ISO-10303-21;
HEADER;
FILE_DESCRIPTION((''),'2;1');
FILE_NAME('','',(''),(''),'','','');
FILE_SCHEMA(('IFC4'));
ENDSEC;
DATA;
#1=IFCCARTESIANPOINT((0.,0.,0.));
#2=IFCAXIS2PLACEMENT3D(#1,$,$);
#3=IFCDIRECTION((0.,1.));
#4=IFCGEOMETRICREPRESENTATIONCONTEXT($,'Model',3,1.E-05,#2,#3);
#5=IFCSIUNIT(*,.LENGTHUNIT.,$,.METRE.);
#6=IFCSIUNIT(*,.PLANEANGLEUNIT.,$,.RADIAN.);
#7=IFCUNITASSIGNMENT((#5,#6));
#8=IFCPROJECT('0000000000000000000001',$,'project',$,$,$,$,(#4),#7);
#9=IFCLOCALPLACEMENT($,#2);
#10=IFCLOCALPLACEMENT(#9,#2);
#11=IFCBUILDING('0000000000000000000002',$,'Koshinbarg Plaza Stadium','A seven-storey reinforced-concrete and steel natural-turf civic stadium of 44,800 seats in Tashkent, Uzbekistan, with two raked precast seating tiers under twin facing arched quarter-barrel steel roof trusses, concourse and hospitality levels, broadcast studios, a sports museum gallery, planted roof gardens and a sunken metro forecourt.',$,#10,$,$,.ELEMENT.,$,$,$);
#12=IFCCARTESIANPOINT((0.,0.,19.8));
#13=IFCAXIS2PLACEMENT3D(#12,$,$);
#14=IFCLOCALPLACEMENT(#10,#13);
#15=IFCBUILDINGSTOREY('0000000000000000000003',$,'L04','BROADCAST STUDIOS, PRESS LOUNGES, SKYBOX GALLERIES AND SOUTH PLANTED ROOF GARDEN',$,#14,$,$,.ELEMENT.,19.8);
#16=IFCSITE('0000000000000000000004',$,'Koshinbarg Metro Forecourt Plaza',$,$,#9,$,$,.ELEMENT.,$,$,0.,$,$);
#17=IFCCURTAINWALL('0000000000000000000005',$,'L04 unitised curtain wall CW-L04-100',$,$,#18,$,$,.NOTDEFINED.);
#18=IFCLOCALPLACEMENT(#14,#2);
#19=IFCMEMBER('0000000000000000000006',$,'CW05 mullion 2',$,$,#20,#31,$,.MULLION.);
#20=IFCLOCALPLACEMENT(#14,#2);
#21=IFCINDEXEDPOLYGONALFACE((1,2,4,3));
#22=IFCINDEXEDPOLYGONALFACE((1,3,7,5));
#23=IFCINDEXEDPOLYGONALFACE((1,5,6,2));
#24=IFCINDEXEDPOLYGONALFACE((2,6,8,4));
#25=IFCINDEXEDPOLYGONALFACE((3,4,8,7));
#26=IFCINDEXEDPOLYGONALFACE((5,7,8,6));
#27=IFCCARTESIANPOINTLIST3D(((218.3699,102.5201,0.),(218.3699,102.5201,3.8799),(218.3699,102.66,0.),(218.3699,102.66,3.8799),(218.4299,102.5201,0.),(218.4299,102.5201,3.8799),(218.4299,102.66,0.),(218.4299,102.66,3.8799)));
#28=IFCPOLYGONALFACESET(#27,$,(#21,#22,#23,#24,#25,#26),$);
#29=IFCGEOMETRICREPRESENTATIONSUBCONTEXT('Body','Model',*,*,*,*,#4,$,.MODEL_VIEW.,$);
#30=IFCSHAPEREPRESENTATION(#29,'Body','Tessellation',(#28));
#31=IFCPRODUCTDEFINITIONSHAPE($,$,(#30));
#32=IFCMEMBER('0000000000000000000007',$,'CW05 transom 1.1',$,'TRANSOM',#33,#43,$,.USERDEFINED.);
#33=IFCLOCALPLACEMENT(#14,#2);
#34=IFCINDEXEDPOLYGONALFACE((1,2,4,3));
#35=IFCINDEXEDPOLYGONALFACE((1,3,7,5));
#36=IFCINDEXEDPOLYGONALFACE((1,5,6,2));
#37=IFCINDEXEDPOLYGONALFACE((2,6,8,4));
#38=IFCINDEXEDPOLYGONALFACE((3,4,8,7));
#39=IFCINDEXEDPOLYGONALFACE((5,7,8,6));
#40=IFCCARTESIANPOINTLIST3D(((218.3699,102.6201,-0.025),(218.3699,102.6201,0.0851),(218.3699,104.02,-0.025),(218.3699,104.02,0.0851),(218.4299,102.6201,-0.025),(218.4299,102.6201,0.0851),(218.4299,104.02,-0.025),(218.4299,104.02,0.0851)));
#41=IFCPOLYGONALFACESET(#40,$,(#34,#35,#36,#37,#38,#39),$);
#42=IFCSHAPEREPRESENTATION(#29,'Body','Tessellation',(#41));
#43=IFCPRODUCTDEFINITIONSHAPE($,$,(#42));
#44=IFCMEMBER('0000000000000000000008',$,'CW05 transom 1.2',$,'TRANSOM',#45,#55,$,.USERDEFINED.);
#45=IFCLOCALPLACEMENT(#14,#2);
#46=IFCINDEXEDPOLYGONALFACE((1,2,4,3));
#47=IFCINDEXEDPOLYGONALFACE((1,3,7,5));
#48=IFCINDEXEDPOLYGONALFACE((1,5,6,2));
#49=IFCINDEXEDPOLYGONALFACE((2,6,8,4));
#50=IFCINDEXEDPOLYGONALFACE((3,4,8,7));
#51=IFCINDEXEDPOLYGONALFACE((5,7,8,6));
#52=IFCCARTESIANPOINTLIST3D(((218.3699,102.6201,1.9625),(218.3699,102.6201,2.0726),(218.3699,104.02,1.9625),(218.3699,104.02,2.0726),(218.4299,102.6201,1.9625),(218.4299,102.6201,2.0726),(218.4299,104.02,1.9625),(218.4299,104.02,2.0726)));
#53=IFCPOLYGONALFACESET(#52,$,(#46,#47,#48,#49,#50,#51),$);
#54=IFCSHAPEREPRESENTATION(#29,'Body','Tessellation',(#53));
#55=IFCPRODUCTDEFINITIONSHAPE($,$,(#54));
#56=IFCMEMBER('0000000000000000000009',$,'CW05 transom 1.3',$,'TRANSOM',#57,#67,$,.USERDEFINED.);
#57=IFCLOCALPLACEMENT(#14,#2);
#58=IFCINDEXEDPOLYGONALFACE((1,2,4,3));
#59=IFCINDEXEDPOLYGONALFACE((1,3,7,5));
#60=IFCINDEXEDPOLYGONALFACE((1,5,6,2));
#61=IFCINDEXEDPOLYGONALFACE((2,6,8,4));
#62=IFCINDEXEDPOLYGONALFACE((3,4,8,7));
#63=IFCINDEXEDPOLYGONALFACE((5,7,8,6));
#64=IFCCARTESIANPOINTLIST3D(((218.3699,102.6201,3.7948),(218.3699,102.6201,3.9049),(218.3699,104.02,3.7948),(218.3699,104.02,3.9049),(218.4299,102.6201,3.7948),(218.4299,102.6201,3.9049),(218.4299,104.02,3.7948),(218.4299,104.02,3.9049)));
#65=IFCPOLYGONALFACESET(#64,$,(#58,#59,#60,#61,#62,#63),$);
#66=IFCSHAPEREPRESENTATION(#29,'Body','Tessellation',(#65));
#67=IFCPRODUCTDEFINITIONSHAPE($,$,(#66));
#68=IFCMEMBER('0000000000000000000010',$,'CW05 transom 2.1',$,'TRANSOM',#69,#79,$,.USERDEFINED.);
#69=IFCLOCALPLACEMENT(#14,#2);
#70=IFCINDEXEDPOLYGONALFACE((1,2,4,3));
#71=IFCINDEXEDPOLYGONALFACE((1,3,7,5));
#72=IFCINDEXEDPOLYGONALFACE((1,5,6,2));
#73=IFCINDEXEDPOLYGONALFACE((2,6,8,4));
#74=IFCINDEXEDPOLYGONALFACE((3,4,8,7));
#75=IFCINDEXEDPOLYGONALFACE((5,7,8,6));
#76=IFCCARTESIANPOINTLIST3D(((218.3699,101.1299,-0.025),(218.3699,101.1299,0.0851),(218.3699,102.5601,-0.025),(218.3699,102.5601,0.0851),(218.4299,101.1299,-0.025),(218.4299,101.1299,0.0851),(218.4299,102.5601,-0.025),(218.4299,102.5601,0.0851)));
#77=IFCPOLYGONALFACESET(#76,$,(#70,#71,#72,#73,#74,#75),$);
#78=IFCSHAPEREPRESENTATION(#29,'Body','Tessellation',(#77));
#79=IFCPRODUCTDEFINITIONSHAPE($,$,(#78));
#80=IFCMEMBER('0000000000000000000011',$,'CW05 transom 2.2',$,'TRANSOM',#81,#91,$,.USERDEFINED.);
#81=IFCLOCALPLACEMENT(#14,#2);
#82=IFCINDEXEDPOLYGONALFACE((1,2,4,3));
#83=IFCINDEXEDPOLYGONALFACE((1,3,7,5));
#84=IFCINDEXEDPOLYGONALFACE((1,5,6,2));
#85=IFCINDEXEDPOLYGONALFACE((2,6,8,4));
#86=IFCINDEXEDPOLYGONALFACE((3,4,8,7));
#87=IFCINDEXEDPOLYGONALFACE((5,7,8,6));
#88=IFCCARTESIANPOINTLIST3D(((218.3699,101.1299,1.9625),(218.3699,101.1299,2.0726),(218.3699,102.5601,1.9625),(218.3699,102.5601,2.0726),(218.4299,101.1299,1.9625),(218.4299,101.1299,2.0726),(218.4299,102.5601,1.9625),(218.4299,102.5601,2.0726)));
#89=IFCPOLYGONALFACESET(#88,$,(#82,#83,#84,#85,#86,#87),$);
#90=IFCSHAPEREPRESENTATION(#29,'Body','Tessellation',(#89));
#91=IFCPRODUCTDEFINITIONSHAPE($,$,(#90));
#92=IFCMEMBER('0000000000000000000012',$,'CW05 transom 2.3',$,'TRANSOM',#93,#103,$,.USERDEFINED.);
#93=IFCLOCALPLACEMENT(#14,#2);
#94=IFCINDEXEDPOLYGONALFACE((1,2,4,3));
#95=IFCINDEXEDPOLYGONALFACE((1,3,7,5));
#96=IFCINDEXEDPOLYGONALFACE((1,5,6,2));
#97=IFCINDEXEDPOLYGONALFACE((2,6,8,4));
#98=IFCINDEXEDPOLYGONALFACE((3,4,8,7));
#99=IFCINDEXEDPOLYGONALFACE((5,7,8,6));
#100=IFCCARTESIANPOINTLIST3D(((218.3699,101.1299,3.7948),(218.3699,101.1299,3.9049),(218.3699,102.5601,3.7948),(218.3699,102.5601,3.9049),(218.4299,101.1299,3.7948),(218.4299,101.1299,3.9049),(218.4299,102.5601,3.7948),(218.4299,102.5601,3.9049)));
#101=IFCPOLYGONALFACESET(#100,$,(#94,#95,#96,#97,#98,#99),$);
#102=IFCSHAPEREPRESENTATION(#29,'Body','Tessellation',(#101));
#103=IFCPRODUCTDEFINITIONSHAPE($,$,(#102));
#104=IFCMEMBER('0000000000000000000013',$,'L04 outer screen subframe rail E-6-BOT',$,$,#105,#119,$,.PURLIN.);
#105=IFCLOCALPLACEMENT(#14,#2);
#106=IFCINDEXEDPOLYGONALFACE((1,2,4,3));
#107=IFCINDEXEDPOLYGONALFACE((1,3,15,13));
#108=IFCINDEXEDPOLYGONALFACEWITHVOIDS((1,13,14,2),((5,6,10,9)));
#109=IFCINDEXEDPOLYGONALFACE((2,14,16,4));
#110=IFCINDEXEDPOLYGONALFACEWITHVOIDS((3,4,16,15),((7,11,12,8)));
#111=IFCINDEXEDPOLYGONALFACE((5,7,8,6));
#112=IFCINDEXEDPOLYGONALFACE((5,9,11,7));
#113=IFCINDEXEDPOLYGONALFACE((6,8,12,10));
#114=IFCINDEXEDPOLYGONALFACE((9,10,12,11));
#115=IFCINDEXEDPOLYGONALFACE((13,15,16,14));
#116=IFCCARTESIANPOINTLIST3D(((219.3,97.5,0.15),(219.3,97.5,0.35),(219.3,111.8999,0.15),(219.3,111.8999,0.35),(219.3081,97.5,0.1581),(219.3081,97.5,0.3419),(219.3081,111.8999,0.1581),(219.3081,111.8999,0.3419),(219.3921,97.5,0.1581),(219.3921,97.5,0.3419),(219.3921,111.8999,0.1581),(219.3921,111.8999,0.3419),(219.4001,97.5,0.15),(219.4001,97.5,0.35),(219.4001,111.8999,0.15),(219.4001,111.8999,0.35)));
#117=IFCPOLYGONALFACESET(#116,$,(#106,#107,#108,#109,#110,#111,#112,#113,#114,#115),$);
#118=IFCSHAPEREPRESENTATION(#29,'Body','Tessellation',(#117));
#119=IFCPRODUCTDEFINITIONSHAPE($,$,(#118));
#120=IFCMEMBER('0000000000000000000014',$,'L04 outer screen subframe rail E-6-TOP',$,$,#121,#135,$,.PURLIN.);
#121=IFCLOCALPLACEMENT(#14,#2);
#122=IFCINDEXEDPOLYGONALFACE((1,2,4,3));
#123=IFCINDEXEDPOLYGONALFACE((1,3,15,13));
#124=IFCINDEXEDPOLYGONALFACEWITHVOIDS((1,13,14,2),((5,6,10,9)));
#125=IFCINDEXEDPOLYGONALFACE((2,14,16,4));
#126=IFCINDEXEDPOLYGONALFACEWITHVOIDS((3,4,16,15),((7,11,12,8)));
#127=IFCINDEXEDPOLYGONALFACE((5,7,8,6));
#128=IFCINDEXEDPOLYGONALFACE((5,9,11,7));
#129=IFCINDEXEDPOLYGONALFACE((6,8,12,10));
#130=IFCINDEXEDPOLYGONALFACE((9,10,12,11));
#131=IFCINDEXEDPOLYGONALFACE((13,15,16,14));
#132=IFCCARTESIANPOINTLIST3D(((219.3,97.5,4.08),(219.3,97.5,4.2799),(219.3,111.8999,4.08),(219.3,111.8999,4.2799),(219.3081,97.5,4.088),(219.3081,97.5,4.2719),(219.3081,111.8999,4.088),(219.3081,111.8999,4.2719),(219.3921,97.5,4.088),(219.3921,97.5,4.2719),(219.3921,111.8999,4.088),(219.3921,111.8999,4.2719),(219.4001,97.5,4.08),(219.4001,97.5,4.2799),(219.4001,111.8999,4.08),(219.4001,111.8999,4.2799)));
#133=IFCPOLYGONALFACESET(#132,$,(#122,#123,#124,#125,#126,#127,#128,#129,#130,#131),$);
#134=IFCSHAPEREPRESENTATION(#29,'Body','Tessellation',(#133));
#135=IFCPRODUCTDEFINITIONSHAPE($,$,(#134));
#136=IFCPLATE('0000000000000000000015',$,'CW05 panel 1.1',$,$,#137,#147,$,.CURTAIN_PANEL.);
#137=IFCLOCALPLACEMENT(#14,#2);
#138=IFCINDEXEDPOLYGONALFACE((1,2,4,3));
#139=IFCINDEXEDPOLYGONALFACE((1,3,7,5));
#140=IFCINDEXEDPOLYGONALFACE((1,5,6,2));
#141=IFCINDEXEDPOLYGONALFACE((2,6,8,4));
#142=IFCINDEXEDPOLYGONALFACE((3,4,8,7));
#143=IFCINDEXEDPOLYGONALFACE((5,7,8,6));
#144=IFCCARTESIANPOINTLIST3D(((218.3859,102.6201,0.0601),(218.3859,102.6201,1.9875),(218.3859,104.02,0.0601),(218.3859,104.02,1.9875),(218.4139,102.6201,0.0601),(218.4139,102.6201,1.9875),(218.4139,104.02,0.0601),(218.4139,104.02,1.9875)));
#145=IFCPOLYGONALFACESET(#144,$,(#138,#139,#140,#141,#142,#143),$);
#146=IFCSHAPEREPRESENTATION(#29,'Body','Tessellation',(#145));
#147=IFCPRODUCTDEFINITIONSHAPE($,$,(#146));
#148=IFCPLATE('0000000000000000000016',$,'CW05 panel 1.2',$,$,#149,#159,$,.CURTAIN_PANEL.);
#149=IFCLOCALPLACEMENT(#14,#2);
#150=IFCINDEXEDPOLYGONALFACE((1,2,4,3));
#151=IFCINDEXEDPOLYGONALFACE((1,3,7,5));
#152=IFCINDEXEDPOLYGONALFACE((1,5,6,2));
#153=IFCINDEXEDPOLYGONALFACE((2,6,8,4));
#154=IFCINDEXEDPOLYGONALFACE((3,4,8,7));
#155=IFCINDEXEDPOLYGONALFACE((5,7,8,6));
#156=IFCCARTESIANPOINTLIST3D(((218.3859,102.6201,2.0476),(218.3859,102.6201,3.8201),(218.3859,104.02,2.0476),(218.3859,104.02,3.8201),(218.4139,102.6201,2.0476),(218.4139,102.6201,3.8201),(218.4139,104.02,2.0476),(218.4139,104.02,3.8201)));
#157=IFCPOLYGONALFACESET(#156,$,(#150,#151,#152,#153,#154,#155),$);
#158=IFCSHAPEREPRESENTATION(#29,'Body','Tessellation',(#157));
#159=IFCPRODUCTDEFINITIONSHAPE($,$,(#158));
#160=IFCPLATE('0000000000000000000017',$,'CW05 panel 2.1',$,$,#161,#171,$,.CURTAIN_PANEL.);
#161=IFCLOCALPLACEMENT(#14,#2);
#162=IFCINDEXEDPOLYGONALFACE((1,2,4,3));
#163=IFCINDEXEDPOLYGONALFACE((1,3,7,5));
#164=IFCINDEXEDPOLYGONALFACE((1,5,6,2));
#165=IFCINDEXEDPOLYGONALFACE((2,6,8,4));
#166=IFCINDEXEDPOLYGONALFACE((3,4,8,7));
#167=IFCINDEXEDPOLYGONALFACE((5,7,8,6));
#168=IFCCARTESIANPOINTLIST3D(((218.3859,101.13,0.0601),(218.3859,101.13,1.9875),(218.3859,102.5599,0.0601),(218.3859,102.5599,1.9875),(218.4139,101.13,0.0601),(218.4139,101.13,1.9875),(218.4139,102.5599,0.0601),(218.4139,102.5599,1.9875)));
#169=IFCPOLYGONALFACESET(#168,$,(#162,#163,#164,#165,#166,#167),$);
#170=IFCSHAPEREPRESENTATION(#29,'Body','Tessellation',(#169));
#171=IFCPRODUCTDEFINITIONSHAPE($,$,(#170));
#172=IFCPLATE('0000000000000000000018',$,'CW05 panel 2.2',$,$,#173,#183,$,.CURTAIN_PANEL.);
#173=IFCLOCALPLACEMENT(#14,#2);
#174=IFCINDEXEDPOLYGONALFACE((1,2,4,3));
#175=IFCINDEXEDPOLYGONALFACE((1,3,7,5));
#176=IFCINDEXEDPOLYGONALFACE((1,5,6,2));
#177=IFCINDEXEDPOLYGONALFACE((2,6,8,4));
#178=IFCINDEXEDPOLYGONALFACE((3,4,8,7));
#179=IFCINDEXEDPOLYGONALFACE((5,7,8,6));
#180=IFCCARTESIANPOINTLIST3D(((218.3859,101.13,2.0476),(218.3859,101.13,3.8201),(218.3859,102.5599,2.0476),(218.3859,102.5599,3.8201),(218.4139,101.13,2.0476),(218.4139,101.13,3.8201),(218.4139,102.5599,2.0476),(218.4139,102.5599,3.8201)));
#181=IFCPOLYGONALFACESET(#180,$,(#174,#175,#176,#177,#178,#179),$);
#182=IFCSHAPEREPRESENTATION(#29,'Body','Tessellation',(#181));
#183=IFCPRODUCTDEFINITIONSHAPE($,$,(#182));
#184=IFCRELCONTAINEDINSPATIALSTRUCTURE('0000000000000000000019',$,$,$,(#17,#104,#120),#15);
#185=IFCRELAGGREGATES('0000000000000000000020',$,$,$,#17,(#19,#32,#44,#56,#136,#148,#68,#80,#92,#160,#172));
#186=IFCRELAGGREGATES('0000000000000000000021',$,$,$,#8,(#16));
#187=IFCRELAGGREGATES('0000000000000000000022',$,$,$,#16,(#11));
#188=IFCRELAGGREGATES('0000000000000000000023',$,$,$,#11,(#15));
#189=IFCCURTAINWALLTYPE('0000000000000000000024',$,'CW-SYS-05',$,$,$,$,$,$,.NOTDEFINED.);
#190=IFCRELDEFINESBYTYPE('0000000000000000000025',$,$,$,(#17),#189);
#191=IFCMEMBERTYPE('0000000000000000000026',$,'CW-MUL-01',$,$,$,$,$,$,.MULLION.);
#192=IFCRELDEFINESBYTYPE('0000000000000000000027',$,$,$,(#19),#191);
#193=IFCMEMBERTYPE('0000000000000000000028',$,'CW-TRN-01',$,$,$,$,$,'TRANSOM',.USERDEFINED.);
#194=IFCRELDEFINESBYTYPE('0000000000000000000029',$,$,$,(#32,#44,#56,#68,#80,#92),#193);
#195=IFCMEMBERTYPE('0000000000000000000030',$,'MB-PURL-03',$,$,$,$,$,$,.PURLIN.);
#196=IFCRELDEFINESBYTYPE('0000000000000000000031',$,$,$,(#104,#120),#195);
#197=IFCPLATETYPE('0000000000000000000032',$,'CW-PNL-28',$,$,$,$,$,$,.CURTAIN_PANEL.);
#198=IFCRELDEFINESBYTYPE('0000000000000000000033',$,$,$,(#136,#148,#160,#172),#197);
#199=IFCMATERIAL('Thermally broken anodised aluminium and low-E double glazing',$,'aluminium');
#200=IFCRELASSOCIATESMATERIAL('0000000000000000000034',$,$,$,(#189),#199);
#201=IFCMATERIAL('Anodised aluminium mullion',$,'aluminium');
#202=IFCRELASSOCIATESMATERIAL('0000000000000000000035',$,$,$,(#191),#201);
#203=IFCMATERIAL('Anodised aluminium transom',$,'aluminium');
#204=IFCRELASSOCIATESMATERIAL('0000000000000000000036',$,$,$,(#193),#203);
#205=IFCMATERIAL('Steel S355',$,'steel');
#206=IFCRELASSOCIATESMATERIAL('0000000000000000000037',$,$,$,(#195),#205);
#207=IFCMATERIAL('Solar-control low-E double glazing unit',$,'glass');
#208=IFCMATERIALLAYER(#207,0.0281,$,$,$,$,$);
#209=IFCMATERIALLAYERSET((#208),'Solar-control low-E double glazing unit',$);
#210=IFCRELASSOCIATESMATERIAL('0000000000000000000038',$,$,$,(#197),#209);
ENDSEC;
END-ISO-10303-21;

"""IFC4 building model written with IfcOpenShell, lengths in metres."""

from ifc_helpers import new_model, si_unit, direction, frame, origin, origin_2d, place, context, subcontext, project, spatial, rectangle, hollow_rectangle, extrude, material, layer, layer_set, material_profile, profile_set, type_object, element, aggregate, save


model = new_model("IFC4")

# Units and contexts
model_context = context("Model", 3, precision=1e-05, world=origin(), true_north=direction((0.0, 1.0)))
body_context = subcontext(model_context, "Body", "Model", "MODEL_VIEW")
ifc_project = project(units=[si_unit("LENGTHUNIT", "METRE"), si_unit("PLANEANGLEUNIT", "RADIAN")], contexts=[model_context])

# Site, building, storey
site_placement = place(None, origin())
site = spatial("IfcSite", under=ifc_project, at=site_placement, Name="Koshinbarg Metro Forecourt Plaza", CompositionType="ELEMENT", RefElevation=0.0)
building_placement = place(site_placement, origin())
building = spatial("IfcBuilding", under=site, at=building_placement, Name="Koshinbarg Plaza Stadium", Description="A seven-storey reinforced-concrete and steel natural-turf civic stadium of 44,800 seats in Tashkent, Uzbekistan, with two raked precast seating tiers under twin facing arched quarter-barrel steel roof trusses, concourse and hospitality levels, broadcast studios, a sports museum gallery, planted roof gardens and a sunken metro forecourt.", CompositionType="ELEMENT")
storey_placement = place(building_placement, frame((0.0, 0.0, 19.8)))
storey = spatial("IfcBuildingStorey", under=building, at=storey_placement, Name="L04", Description="BROADCAST STUDIOS, PRESS LOUNGES, SKYBOX GALLERIES AND SOUTH PLANTED ROOF GARDEN", CompositionType="ELEMENT", Elevation=19.8)

# Curtain wall, members
ifc_material_1 = material(Name="Thermally broken anodised aluminium and low-E double glazing", Category="aluminium")
curtain_wall_type = type_object("IfcCurtainWallType", Name="CW-SYS-05", PredefinedType="NOTDEFINED", material=ifc_material_1)
curtain_wall_placement = place(storey_placement, origin())
curtain_wall = element("IfcCurtainWall", 1, at=curtain_wall_placement, inside=storey, type_object=curtain_wall_type, Name="L04 unitised curtain wall CW-L04-100", PredefinedType="NOTDEFINED")
ifc_material_2 = material(Name="Anodised aluminium mullion", Category="aluminium")
ifc_material_profile_1 = material_profile(ifc_material_2, rectangle(XDim=0.0601, YDim=0.1399, at=origin_2d()), Name="ALU 60x140")
ifc_profile_set_1 = profile_set([ifc_material_profile_1], Name="Anodised aluminium mullion")
member_type_1 = type_object("IfcMemberType", Name="CW-MUL-01", PredefinedType="MULLION", material=ifc_profile_set_1)
member_1_placement = place(storey_placement, frame((218.3999, 102.5901, 0.0), z_axis=(0.0, 0.0, 1.0), x_axis=(1.0, 0.0, 0.0)))
member_1 = element("IfcMember", 2, at=member_1_placement, type_object=member_type_1, Name="CW05 mullion 2", PredefinedType="MULLION", context=body_context, shape_type="SweptSolid", body=[
    extrude(rectangle(XDim=0.0601, YDim=0.1399, at=origin_2d()), origin(), (0.0, 0.0, 1.0), 3.8799),
])
ifc_material_3 = material(Name="Anodised aluminium transom", Category="aluminium")
ifc_material_profile_2 = material_profile(ifc_material_3, rectangle(XDim=0.0601, YDim=0.1101, at=origin_2d()), Name="ALU 60x110")
ifc_profile_set_2 = profile_set([ifc_material_profile_2], Name="Anodised aluminium transom")
member_type_2 = type_object("IfcMemberType", Name="CW-TRN-01", ElementType="TRANSOM", PredefinedType="USERDEFINED", material=ifc_profile_set_2)
member_2_placement = place(storey_placement, frame((218.3999, 104.02, 0.03), z_axis=(0.0, -1.0, 0.0), x_axis=(1.0, 0.0, 0.0)))
member_2 = element("IfcMember", 3, at=member_2_placement, type_object=member_type_2, Name="CW05 transom 1.1", ObjectType="TRANSOM", PredefinedType="USERDEFINED", context=body_context, shape_type="SweptSolid", body=[
    extrude(rectangle(XDim=0.0601, YDim=0.1101, at=origin_2d()), origin(), (0.0, 0.0, 1.0), 1.3999),
])
member_3_placement = place(storey_placement, frame((218.3999, 104.02, 2.0176), z_axis=(0.0, -1.0, 0.0), x_axis=(1.0, 0.0, 0.0)))
member_3 = element("IfcMember", 4, at=member_3_placement, type_object=member_type_2, Name="CW05 transom 1.2", ObjectType="TRANSOM", PredefinedType="USERDEFINED", context=body_context, shape_type="SweptSolid", body=[
    extrude(rectangle(XDim=0.0601, YDim=0.1101, at=origin_2d()), origin(), (0.0, 0.0, 1.0), 1.3999),
])
member_4_placement = place(storey_placement, frame((218.3999, 104.02, 3.8499), z_axis=(0.0, -1.0, 0.0), x_axis=(1.0, 0.0, 0.0)))
member_4 = element("IfcMember", 5, at=member_4_placement, type_object=member_type_2, Name="CW05 transom 1.3", ObjectType="TRANSOM", PredefinedType="USERDEFINED", context=body_context, shape_type="SweptSolid", body=[
    extrude(rectangle(XDim=0.0601, YDim=0.1101, at=origin_2d()), origin(), (0.0, 0.0, 1.0), 1.3999),
])
member_5_placement = place(storey_placement, frame((218.3999, 102.5601, 0.03), z_axis=(0.0, -1.0, 0.0), x_axis=(1.0, 0.0, 0.0)))
member_5 = element("IfcMember", 6, at=member_5_placement, type_object=member_type_2, Name="CW05 transom 2.1", ObjectType="TRANSOM", PredefinedType="USERDEFINED", context=body_context, shape_type="SweptSolid", body=[
    extrude(rectangle(XDim=0.0601, YDim=0.1101, at=origin_2d()), origin(), (0.0, 0.0, 1.0), 1.4302),
])
member_6_placement = place(storey_placement, frame((218.3999, 102.5601, 2.0176), z_axis=(0.0, -1.0, 0.0), x_axis=(1.0, 0.0, 0.0)))
member_6 = element("IfcMember", 7, at=member_6_placement, type_object=member_type_2, Name="CW05 transom 2.2", ObjectType="TRANSOM", PredefinedType="USERDEFINED", context=body_context, shape_type="SweptSolid", body=[
    extrude(rectangle(XDim=0.0601, YDim=0.1101, at=origin_2d()), origin(), (0.0, 0.0, 1.0), 1.4302),
])
member_7_placement = place(storey_placement, frame((218.3999, 102.5601, 3.8499), z_axis=(0.0, -1.0, 0.0), x_axis=(1.0, 0.0, 0.0)))
member_7 = element("IfcMember", 8, at=member_7_placement, type_object=member_type_2, Name="CW05 transom 2.3", ObjectType="TRANSOM", PredefinedType="USERDEFINED", context=body_context, shape_type="SweptSolid", body=[
    extrude(rectangle(XDim=0.0601, YDim=0.1101, at=origin_2d()), origin(), (0.0, 0.0, 1.0), 1.4302),
])

# Members
ifc_material_4 = material(Name="Steel S355", Category="steel")
ifc_material_profile_3 = material_profile(ifc_material_4, hollow_rectangle(XDim=0.1001, YDim=0.2, WallThickness=0.0081, at=origin_2d()), Name="RHS 200x100x8")
ifc_profile_set_3 = profile_set([ifc_material_profile_3], Name="Steel S355")
member_type_3 = type_object("IfcMemberType", Name="MB-PURL-03", PredefinedType="PURLIN", material=ifc_profile_set_3)
for number, where, z_axis, x_axis, name in (
    (9, (219.3501, 97.5, 0.25), (0.0, 1.0, 0.0), (-1.0, 0.0, 0.0), "L04 outer screen subframe rail E-6-BOT"),
    (10, (219.3501, 97.5, 4.1799), (0.0, 1.0, 0.0), (-1.0, 0.0, 0.0), "L04 outer screen subframe rail E-6-TOP"),
):
    element("IfcMember", number, at=place(storey_placement, frame(where, z_axis=z_axis, x_axis=x_axis)), inside=storey, type_object=member_type_3, Name=name, PredefinedType="PURLIN", context=body_context, shape_type="SweptSolid", body=[
        extrude(hollow_rectangle(XDim=0.1001, YDim=0.2, WallThickness=0.0081, at=origin_2d()), origin(), (0.0, 0.0, 1.0), 14.3999),
    ])

# Plates
ifc_material_5 = material(Name="Solar-control low-E double glazing unit", Category="glass")
ifc_layer_1 = layer(ifc_material_5, 0.0281)
ifc_layer_set_1 = layer_set([ifc_layer_1], Name="Solar-control low-E double glazing unit")
plate_type_1 = type_object("IfcPlateType", Name="CW-PNL-28", PredefinedType="CURTAIN_PANEL", material=ifc_layer_set_1)
plate_1_placement = place(storey_placement, frame((218.3999, 103.3201, 0.0601), z_axis=(0.0, 0.0, 1.0), x_axis=(0.0, -1.0, 0.0)))
plate_1 = element("IfcPlate", 11, at=plate_1_placement, type_object=plate_type_1, Name="CW05 panel 1.1", PredefinedType="CURTAIN_PANEL", context=body_context, shape_type="SweptSolid", body=[
    extrude(rectangle(XDim=1.3999, YDim=0.0281, at=origin_2d()), origin(), (0.0, 0.0, 1.0), 1.9275),
])
plate_2_placement = place(storey_placement, frame((218.3999, 103.3201, 2.0476), z_axis=(0.0, 0.0, 1.0), x_axis=(0.0, -1.0, 0.0)))
plate_2 = element("IfcPlate", 12, at=plate_2_placement, type_object=plate_type_1, Name="CW05 panel 1.2", PredefinedType="CURTAIN_PANEL", context=body_context, shape_type="SweptSolid", body=[
    extrude(rectangle(XDim=1.3999, YDim=0.0281, at=origin_2d()), origin(), (0.0, 0.0, 1.0), 1.7725),
])
plate_3_placement = place(storey_placement, frame((218.3999, 101.845, 0.0601), z_axis=(0.0, 0.0, 1.0), x_axis=(0.0, -1.0, 0.0)))
plate_3 = element("IfcPlate", 13, at=plate_3_placement, type_object=plate_type_1, Name="CW05 panel 2.1", PredefinedType="CURTAIN_PANEL", context=body_context, shape_type="SweptSolid", body=[
    extrude(rectangle(XDim=1.4299, YDim=0.0281, at=origin_2d()), origin(), (0.0, 0.0, 1.0), 1.9275),
])
plate_4_placement = place(storey_placement, frame((218.3999, 101.845, 2.0476), z_axis=(0.0, 0.0, 1.0), x_axis=(0.0, -1.0, 0.0)))
plate_4 = element("IfcPlate", 14, at=plate_4_placement, type_object=plate_type_1, Name="CW05 panel 2.2", PredefinedType="CURTAIN_PANEL", context=body_context, shape_type="SweptSolid", body=[
    extrude(rectangle(XDim=1.4299, YDim=0.0281, at=origin_2d()), origin(), (0.0, 0.0, 1.0), 1.7725),
])
aggregate(curtain_wall, [member_1, member_2, member_3, member_4, plate_1, plate_2, member_5, member_6, member_7, plate_3, plate_4])

save(model, "model.ifc")
